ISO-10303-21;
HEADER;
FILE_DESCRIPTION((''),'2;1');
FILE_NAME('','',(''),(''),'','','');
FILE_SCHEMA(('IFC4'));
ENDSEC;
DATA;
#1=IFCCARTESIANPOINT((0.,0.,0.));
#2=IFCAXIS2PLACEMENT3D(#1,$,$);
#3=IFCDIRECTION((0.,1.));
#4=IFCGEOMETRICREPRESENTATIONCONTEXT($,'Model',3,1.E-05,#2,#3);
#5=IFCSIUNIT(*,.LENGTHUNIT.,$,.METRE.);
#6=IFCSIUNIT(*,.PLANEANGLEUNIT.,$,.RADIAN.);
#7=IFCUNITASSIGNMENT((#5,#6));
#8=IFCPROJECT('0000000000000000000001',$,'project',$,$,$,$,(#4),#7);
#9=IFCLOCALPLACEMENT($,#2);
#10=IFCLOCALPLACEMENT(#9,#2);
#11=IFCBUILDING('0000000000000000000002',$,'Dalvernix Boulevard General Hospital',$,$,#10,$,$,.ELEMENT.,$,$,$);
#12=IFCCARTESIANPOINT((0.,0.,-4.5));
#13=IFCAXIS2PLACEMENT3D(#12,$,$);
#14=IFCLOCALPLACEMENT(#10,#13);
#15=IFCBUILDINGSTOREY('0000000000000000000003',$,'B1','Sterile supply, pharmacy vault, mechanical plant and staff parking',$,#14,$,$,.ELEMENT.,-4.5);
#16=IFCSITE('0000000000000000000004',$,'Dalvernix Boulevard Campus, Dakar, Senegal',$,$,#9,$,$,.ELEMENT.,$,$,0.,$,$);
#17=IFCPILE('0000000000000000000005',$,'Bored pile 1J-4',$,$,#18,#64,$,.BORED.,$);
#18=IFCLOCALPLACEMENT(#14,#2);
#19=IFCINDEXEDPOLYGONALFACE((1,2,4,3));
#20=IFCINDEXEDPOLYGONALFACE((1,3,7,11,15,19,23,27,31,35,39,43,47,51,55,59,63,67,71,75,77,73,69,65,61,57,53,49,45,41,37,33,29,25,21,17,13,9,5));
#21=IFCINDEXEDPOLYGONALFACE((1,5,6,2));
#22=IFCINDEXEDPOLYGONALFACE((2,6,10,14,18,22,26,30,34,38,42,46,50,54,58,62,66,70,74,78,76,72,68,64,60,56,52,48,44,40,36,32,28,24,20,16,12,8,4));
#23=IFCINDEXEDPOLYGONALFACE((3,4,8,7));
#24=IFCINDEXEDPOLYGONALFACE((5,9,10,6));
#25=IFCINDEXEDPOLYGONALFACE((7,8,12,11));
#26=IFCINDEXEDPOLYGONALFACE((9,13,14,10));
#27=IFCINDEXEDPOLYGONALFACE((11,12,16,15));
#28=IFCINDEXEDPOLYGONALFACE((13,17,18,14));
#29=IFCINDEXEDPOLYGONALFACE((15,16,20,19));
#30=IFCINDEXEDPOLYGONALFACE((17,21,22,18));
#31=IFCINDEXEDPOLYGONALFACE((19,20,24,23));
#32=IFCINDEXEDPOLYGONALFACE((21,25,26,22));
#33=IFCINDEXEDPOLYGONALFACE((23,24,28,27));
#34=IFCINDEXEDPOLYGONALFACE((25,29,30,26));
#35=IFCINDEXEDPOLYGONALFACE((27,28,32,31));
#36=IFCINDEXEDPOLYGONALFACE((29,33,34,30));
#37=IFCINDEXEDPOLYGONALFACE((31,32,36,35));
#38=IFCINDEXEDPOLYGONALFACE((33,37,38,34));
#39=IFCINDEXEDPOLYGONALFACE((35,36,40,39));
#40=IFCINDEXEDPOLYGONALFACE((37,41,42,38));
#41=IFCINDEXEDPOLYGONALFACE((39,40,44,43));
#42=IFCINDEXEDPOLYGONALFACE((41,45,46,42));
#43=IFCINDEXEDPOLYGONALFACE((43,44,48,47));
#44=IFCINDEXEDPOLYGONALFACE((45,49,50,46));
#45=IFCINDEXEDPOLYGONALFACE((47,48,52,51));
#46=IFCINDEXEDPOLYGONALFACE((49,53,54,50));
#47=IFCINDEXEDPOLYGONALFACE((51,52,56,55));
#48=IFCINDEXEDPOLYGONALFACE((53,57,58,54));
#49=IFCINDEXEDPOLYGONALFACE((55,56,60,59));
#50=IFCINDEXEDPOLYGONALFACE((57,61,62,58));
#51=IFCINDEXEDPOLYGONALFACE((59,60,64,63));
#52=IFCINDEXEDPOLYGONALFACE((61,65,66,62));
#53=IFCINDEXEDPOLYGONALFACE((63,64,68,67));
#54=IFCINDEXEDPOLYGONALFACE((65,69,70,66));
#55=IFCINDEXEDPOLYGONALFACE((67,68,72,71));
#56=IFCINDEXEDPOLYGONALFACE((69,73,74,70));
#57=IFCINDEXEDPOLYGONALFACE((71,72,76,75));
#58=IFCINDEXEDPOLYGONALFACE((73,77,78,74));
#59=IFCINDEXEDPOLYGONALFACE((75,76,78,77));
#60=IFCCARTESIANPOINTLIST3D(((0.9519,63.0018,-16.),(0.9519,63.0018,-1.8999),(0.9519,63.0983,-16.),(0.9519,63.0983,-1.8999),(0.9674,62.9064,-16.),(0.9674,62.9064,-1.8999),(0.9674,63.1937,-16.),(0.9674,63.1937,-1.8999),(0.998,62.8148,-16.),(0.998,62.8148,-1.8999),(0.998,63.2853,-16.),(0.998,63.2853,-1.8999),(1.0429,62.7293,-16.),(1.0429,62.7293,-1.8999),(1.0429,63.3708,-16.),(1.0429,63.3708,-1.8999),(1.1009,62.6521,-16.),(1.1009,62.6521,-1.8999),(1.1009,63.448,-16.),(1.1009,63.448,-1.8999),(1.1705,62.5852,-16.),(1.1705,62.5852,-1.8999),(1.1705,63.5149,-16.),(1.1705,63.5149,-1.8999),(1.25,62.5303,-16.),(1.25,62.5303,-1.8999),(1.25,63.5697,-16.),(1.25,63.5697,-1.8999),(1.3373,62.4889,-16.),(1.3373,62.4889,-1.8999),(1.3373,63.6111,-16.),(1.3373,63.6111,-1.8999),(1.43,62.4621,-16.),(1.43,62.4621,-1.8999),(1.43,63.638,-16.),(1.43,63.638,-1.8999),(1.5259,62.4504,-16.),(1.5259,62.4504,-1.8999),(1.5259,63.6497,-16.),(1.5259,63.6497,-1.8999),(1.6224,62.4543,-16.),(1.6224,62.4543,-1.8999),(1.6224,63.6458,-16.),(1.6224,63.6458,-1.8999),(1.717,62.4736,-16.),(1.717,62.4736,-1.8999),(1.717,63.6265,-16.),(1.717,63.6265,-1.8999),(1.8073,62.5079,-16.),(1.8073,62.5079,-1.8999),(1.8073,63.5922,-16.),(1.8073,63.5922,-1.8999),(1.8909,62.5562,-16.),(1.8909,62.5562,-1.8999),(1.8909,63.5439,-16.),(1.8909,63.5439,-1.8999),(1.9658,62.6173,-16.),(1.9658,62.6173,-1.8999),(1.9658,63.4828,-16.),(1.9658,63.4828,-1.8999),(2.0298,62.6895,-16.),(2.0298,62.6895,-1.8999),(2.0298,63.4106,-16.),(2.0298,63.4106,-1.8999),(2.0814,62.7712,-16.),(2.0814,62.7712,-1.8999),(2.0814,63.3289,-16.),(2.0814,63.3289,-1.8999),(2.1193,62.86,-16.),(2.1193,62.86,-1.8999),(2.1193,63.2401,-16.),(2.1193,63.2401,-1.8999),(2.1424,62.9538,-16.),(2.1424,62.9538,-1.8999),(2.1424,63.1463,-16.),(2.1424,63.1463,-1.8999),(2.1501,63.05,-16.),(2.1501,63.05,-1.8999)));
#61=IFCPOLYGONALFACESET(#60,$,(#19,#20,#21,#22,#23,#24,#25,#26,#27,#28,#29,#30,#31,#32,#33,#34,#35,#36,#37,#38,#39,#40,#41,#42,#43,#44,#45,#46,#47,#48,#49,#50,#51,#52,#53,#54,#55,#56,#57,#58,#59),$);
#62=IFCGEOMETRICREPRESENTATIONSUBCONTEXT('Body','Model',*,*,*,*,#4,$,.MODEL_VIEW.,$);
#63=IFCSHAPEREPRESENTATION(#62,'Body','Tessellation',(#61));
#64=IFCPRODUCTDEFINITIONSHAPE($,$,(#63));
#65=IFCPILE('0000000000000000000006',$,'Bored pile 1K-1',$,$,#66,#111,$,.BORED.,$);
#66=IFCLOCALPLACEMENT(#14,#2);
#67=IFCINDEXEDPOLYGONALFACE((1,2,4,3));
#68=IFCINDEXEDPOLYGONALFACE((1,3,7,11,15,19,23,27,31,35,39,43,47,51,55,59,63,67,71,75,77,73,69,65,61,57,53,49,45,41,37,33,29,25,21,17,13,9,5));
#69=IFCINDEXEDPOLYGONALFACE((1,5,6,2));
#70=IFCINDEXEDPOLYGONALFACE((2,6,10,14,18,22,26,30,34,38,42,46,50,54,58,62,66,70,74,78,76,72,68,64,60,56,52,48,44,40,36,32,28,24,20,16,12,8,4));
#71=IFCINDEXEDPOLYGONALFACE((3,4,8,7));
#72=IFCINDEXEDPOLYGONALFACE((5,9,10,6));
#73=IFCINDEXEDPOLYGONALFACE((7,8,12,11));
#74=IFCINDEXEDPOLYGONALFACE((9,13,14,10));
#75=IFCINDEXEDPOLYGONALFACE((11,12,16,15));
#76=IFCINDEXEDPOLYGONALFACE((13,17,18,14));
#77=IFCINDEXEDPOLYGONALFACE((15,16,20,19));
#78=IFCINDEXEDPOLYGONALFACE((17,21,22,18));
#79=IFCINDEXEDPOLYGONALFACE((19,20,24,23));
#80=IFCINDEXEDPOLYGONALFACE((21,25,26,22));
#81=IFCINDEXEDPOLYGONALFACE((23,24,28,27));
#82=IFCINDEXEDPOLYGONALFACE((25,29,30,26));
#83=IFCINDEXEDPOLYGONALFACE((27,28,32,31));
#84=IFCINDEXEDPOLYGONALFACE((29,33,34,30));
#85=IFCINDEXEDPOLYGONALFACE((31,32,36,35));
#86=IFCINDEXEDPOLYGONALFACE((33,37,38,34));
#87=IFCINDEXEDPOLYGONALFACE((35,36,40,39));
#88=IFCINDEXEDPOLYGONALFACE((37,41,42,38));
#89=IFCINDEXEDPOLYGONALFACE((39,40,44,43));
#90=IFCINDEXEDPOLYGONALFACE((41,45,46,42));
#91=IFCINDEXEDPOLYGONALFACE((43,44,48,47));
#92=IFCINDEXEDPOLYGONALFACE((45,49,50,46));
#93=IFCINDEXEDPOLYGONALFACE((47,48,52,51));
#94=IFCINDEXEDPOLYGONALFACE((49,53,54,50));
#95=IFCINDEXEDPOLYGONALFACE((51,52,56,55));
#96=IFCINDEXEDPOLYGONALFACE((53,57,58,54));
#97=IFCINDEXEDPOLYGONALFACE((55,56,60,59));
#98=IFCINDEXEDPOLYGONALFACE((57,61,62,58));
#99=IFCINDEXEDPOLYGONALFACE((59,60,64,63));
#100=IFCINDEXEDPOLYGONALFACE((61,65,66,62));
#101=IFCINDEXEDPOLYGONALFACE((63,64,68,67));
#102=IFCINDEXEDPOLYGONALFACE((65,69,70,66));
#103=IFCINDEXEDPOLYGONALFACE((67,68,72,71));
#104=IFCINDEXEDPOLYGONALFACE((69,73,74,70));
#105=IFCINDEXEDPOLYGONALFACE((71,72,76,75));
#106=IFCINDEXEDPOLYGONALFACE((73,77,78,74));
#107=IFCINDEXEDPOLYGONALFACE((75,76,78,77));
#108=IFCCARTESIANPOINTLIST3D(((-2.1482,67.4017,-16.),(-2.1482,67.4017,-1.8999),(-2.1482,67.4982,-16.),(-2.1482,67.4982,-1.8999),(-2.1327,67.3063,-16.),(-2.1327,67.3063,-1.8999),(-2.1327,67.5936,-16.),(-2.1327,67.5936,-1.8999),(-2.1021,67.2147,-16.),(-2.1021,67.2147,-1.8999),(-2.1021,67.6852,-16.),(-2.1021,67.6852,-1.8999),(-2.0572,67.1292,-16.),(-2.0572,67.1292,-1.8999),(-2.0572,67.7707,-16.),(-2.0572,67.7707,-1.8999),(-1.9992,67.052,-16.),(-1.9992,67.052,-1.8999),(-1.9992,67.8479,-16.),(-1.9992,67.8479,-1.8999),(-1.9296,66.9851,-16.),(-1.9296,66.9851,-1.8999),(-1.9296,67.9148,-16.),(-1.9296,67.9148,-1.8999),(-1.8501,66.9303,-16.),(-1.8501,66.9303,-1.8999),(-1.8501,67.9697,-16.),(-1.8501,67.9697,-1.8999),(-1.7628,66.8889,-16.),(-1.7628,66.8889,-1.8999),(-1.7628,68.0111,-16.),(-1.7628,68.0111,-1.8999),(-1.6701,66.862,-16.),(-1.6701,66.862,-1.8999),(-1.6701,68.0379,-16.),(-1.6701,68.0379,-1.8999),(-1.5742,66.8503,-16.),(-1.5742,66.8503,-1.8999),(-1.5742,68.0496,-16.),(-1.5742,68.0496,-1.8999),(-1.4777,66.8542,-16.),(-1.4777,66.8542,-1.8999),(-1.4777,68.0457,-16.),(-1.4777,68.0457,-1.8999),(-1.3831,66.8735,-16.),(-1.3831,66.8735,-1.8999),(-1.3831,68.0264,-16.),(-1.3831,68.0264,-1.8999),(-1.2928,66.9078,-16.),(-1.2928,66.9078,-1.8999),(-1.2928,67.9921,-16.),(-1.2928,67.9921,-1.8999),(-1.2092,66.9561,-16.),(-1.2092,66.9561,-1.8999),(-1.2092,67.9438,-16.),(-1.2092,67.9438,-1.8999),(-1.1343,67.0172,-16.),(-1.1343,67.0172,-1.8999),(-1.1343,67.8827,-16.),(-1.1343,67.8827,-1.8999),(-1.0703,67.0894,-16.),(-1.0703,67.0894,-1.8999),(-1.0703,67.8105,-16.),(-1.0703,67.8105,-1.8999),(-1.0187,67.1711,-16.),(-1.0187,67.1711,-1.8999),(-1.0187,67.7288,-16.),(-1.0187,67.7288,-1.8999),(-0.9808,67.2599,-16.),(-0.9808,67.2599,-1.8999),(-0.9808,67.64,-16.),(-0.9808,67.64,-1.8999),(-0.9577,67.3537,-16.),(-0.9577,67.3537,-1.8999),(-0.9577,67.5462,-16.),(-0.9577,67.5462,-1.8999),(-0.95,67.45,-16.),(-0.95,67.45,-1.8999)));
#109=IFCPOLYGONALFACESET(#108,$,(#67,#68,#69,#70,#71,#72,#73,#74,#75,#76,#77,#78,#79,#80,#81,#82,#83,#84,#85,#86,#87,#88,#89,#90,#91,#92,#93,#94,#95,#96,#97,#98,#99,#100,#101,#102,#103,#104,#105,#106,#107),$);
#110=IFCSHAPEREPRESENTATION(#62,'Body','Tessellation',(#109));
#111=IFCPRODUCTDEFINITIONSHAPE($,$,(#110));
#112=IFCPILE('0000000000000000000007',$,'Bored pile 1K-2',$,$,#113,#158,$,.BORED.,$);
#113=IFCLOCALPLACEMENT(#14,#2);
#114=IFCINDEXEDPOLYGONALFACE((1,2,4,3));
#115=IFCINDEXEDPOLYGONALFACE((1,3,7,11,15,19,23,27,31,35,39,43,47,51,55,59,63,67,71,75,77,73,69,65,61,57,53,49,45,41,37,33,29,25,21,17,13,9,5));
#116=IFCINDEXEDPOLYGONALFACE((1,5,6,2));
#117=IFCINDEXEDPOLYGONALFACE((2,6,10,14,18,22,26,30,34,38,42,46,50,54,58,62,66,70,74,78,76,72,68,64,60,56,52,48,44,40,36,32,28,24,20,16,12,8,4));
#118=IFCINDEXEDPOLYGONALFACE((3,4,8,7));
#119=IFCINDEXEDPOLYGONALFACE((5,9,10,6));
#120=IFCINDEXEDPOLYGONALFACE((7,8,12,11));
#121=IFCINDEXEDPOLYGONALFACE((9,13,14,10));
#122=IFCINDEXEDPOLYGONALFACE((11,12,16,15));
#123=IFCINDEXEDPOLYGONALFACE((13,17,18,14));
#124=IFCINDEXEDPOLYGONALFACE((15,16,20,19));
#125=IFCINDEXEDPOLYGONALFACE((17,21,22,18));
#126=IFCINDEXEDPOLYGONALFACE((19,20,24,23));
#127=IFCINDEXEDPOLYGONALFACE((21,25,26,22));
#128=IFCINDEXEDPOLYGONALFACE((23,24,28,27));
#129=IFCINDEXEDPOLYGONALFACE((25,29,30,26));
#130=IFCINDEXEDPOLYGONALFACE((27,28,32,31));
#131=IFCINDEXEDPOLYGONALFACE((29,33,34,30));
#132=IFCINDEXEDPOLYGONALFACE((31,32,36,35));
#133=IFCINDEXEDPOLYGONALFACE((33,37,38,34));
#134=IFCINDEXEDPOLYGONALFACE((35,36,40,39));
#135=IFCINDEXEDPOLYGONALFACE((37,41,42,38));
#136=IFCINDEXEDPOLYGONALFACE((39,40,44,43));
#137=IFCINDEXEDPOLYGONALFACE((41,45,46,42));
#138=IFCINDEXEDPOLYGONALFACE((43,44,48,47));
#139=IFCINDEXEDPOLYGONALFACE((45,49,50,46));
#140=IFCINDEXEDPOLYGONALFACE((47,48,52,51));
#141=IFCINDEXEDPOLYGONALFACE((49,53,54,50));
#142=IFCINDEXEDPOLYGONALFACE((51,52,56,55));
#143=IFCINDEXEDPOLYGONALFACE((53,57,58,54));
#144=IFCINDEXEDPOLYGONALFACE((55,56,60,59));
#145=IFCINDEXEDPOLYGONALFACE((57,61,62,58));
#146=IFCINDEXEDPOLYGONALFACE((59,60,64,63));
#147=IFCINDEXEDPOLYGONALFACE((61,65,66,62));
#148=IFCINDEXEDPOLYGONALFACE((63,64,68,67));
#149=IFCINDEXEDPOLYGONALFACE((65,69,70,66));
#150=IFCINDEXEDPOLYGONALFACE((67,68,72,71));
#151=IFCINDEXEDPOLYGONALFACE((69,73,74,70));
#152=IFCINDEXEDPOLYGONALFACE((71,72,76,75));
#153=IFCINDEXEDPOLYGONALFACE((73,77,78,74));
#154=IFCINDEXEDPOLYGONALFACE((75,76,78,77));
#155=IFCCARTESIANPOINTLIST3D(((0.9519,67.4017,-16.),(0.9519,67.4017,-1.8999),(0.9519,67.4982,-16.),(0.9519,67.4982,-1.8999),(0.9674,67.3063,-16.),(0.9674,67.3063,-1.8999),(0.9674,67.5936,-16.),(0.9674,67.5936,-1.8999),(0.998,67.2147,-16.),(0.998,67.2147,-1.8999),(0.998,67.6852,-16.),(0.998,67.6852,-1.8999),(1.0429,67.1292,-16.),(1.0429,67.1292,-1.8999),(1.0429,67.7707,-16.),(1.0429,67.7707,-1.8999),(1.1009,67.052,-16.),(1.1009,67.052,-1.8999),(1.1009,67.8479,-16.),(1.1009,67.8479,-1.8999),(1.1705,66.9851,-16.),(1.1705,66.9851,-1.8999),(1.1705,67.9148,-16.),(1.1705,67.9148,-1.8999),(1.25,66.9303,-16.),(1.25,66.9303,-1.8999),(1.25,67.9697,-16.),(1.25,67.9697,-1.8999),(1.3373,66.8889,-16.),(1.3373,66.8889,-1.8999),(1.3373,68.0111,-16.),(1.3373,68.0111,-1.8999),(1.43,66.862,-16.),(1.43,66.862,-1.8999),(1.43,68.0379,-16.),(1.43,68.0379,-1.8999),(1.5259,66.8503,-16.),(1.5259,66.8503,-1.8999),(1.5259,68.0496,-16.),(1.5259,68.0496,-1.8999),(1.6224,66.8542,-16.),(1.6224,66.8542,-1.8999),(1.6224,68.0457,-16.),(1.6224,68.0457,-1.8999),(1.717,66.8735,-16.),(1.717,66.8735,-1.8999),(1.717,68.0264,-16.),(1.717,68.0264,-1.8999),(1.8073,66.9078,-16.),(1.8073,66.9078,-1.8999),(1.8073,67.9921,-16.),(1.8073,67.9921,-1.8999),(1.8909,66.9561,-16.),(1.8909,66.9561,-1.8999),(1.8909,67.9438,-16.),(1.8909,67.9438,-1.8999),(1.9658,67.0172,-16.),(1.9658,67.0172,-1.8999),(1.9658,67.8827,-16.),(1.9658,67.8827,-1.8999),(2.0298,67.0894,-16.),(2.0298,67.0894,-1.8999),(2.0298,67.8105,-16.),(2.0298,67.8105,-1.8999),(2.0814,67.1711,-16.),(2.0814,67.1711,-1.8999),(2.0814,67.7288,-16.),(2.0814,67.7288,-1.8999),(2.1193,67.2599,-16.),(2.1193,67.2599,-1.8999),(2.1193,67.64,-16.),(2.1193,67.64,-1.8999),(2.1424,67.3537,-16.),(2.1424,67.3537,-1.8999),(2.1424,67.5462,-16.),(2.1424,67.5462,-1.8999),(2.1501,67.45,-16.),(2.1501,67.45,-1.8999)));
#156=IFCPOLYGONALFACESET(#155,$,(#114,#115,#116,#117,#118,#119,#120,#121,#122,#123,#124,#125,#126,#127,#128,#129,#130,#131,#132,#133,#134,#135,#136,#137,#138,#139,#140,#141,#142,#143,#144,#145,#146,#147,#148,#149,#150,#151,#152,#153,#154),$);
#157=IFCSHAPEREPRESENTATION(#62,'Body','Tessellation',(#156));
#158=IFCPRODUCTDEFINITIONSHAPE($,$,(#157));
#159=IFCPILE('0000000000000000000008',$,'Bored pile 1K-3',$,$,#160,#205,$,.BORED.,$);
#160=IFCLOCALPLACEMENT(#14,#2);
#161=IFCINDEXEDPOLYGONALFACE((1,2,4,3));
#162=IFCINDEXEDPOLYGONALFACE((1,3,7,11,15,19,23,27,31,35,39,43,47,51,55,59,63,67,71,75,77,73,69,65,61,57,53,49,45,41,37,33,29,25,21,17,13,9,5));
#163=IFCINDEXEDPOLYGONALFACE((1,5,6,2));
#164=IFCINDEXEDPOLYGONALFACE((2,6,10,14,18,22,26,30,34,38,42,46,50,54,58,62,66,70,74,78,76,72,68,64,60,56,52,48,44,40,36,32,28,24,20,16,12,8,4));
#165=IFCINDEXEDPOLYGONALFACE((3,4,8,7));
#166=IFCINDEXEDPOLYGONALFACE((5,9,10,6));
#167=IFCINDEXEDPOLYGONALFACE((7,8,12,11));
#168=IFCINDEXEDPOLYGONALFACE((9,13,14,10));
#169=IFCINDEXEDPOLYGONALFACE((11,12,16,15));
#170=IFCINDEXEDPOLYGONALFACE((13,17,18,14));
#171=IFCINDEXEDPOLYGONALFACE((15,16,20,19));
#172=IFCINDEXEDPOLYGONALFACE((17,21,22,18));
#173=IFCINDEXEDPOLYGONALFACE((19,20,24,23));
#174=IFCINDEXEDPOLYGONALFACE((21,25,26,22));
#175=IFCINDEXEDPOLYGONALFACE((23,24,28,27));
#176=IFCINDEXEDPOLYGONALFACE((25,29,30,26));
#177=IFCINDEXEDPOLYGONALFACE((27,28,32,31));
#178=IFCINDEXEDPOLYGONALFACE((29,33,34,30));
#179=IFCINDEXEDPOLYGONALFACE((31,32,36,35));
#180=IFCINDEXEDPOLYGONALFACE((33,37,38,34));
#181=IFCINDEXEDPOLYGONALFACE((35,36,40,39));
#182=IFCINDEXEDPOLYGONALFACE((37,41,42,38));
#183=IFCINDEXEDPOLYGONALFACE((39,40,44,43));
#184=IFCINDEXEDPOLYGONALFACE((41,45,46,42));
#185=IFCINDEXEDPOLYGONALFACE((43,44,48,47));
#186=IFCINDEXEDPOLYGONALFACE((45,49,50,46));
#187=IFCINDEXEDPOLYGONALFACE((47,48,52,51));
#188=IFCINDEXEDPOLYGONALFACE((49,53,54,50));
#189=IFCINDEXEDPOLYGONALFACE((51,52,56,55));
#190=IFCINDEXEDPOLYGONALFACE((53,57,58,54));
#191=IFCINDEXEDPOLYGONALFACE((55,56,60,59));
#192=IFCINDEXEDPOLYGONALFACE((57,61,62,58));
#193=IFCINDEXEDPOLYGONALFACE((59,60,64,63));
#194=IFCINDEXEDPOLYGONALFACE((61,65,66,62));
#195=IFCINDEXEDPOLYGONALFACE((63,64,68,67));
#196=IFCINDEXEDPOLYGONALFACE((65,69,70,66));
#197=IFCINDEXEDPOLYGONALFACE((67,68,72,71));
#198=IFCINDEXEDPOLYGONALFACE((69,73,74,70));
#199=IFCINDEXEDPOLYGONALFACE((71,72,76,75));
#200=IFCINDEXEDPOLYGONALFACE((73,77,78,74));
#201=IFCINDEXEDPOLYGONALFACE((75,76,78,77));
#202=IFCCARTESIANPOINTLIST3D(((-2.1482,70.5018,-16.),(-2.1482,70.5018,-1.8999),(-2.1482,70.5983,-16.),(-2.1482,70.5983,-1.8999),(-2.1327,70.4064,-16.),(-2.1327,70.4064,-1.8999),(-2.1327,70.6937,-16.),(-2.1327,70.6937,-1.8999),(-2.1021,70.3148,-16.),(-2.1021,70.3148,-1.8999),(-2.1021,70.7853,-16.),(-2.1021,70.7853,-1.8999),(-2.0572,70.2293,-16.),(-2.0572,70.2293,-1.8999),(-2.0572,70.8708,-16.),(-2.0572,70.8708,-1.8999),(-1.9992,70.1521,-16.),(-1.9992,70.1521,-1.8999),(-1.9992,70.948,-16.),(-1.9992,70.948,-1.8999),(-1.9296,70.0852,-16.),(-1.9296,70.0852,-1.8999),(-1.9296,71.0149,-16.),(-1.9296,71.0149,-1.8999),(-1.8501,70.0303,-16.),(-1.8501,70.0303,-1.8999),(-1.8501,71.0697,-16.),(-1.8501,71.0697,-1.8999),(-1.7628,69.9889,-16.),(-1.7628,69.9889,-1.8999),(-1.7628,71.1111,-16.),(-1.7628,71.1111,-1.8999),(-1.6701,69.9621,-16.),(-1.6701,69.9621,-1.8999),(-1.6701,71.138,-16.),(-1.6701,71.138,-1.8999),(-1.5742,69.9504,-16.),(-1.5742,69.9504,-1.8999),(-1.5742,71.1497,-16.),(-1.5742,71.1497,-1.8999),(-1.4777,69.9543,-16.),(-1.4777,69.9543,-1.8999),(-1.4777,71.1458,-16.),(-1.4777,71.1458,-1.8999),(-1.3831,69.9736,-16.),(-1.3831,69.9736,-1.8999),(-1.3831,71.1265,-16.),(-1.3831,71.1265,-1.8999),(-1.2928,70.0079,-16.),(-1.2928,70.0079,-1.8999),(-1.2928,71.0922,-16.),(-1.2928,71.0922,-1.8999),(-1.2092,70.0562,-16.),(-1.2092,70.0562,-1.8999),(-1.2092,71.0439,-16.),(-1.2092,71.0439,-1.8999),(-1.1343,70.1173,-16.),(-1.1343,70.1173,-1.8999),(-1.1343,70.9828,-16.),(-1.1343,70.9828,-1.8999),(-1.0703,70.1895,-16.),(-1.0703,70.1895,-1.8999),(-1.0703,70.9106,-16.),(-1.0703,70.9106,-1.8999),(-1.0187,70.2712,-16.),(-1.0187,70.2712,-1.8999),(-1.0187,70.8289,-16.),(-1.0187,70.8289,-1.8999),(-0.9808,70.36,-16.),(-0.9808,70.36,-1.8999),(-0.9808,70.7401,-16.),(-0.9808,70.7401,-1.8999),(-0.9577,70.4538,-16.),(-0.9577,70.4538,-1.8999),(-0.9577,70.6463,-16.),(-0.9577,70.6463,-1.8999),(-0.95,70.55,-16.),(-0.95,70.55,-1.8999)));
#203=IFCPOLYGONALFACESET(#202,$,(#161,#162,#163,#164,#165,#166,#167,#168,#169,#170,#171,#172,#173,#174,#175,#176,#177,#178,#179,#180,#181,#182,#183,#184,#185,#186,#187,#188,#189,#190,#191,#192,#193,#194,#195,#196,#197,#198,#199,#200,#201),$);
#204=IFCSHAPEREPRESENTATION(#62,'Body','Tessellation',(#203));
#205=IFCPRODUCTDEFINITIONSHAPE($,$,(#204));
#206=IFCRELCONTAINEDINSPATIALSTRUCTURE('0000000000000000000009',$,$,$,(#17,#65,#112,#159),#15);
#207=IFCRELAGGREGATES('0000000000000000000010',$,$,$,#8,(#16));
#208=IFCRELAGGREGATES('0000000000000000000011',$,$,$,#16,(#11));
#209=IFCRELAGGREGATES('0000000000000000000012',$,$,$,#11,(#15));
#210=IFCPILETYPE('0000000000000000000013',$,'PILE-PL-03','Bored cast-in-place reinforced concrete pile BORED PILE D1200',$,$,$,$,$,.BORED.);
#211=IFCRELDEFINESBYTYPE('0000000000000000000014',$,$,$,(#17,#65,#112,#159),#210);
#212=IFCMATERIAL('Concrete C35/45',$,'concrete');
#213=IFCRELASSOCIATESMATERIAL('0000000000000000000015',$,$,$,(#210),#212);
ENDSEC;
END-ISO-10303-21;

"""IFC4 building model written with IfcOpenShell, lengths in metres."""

from ifc_helpers import new_model, si_unit, direction, frame, origin, origin_2d, place, context, subcontext, project, spatial, circle, extrude, material, material_profile, profile_set, type_object, element, save


model = new_model("IFC4")

# Units and contexts
model_context = context("Model", 3, precision=1e-05, world=origin(), true_north=direction((0.0, 1.0)))
body_context = subcontext(model_context, "Body", "Model", "MODEL_VIEW")
ifc_project = project(units=[si_unit("LENGTHUNIT", "METRE"), si_unit("PLANEANGLEUNIT", "RADIAN")], contexts=[model_context])

# Site, building, storey
site_placement = place(None, origin())
site = spatial("IfcSite", under=ifc_project, at=site_placement, Name="Dalvernix Boulevard Campus, Dakar, Senegal", CompositionType="ELEMENT", RefElevation=0.0)
building_placement = place(site_placement, origin())
building = spatial("IfcBuilding", under=site, at=building_placement, Name="Dalvernix Boulevard General Hospital", CompositionType="ELEMENT")
storey_placement = place(building_placement, frame((0.0, 0.0, -4.5)))
storey = spatial("IfcBuildingStorey", under=building, at=storey_placement, Name="B1", Description="Sterile supply, pharmacy vault, mechanical plant and staff parking", CompositionType="ELEMENT", Elevation=-4.5)

# Shared definitions
ifc_material_1 = material(Name="Concrete C35/45", Category="concrete")

# Piles
ifc_material_profile_1 = material_profile(ifc_material_1, circle(Radius=0.6001, at=origin_2d()), Name="BORED PILE D1200")
ifc_profile_set_1 = profile_set([ifc_material_profile_1], Name="Concrete C35/45")
pile_type = type_object("IfcPileType", Name="PILE-PL-03", Description="Bored cast-in-place reinforced concrete pile BORED PILE D1200", PredefinedType="BORED", material=ifc_profile_set_1)
for number, where, z_axis, x_axis, name in (
    (1, (1.55, 63.05, -1.8999), (0.0, 0.0, -1.0), (1.0, 0.0, 0.0), "Bored pile 1J-4"),
    (2, (-1.55, 67.45, -1.8999), (0.0, 0.0, -1.0), (1.0, 0.0, 0.0), "Bored pile 1K-1"),
    (3, (1.55, 67.45, -1.8999), (0.0, 0.0, -1.0), (1.0, 0.0, 0.0), "Bored pile 1K-2"),
    (4, (-1.55, 70.55, -1.8999), (0.0, 0.0, -1.0), (1.0, 0.0, 0.0), "Bored pile 1K-3"),
):
    element("IfcPile", number, at=place(storey_placement, frame(where, z_axis=z_axis, x_axis=x_axis)), inside=storey, type_object=pile_type, Name=name, PredefinedType="BORED", context=body_context, shape_type="SweptSolid", body=[
        extrude(circle(Radius=0.6001, at=origin_2d()), origin(), (0.0, 0.0, 1.0), 14.1001),
    ])

save(model, "model.ifc")
